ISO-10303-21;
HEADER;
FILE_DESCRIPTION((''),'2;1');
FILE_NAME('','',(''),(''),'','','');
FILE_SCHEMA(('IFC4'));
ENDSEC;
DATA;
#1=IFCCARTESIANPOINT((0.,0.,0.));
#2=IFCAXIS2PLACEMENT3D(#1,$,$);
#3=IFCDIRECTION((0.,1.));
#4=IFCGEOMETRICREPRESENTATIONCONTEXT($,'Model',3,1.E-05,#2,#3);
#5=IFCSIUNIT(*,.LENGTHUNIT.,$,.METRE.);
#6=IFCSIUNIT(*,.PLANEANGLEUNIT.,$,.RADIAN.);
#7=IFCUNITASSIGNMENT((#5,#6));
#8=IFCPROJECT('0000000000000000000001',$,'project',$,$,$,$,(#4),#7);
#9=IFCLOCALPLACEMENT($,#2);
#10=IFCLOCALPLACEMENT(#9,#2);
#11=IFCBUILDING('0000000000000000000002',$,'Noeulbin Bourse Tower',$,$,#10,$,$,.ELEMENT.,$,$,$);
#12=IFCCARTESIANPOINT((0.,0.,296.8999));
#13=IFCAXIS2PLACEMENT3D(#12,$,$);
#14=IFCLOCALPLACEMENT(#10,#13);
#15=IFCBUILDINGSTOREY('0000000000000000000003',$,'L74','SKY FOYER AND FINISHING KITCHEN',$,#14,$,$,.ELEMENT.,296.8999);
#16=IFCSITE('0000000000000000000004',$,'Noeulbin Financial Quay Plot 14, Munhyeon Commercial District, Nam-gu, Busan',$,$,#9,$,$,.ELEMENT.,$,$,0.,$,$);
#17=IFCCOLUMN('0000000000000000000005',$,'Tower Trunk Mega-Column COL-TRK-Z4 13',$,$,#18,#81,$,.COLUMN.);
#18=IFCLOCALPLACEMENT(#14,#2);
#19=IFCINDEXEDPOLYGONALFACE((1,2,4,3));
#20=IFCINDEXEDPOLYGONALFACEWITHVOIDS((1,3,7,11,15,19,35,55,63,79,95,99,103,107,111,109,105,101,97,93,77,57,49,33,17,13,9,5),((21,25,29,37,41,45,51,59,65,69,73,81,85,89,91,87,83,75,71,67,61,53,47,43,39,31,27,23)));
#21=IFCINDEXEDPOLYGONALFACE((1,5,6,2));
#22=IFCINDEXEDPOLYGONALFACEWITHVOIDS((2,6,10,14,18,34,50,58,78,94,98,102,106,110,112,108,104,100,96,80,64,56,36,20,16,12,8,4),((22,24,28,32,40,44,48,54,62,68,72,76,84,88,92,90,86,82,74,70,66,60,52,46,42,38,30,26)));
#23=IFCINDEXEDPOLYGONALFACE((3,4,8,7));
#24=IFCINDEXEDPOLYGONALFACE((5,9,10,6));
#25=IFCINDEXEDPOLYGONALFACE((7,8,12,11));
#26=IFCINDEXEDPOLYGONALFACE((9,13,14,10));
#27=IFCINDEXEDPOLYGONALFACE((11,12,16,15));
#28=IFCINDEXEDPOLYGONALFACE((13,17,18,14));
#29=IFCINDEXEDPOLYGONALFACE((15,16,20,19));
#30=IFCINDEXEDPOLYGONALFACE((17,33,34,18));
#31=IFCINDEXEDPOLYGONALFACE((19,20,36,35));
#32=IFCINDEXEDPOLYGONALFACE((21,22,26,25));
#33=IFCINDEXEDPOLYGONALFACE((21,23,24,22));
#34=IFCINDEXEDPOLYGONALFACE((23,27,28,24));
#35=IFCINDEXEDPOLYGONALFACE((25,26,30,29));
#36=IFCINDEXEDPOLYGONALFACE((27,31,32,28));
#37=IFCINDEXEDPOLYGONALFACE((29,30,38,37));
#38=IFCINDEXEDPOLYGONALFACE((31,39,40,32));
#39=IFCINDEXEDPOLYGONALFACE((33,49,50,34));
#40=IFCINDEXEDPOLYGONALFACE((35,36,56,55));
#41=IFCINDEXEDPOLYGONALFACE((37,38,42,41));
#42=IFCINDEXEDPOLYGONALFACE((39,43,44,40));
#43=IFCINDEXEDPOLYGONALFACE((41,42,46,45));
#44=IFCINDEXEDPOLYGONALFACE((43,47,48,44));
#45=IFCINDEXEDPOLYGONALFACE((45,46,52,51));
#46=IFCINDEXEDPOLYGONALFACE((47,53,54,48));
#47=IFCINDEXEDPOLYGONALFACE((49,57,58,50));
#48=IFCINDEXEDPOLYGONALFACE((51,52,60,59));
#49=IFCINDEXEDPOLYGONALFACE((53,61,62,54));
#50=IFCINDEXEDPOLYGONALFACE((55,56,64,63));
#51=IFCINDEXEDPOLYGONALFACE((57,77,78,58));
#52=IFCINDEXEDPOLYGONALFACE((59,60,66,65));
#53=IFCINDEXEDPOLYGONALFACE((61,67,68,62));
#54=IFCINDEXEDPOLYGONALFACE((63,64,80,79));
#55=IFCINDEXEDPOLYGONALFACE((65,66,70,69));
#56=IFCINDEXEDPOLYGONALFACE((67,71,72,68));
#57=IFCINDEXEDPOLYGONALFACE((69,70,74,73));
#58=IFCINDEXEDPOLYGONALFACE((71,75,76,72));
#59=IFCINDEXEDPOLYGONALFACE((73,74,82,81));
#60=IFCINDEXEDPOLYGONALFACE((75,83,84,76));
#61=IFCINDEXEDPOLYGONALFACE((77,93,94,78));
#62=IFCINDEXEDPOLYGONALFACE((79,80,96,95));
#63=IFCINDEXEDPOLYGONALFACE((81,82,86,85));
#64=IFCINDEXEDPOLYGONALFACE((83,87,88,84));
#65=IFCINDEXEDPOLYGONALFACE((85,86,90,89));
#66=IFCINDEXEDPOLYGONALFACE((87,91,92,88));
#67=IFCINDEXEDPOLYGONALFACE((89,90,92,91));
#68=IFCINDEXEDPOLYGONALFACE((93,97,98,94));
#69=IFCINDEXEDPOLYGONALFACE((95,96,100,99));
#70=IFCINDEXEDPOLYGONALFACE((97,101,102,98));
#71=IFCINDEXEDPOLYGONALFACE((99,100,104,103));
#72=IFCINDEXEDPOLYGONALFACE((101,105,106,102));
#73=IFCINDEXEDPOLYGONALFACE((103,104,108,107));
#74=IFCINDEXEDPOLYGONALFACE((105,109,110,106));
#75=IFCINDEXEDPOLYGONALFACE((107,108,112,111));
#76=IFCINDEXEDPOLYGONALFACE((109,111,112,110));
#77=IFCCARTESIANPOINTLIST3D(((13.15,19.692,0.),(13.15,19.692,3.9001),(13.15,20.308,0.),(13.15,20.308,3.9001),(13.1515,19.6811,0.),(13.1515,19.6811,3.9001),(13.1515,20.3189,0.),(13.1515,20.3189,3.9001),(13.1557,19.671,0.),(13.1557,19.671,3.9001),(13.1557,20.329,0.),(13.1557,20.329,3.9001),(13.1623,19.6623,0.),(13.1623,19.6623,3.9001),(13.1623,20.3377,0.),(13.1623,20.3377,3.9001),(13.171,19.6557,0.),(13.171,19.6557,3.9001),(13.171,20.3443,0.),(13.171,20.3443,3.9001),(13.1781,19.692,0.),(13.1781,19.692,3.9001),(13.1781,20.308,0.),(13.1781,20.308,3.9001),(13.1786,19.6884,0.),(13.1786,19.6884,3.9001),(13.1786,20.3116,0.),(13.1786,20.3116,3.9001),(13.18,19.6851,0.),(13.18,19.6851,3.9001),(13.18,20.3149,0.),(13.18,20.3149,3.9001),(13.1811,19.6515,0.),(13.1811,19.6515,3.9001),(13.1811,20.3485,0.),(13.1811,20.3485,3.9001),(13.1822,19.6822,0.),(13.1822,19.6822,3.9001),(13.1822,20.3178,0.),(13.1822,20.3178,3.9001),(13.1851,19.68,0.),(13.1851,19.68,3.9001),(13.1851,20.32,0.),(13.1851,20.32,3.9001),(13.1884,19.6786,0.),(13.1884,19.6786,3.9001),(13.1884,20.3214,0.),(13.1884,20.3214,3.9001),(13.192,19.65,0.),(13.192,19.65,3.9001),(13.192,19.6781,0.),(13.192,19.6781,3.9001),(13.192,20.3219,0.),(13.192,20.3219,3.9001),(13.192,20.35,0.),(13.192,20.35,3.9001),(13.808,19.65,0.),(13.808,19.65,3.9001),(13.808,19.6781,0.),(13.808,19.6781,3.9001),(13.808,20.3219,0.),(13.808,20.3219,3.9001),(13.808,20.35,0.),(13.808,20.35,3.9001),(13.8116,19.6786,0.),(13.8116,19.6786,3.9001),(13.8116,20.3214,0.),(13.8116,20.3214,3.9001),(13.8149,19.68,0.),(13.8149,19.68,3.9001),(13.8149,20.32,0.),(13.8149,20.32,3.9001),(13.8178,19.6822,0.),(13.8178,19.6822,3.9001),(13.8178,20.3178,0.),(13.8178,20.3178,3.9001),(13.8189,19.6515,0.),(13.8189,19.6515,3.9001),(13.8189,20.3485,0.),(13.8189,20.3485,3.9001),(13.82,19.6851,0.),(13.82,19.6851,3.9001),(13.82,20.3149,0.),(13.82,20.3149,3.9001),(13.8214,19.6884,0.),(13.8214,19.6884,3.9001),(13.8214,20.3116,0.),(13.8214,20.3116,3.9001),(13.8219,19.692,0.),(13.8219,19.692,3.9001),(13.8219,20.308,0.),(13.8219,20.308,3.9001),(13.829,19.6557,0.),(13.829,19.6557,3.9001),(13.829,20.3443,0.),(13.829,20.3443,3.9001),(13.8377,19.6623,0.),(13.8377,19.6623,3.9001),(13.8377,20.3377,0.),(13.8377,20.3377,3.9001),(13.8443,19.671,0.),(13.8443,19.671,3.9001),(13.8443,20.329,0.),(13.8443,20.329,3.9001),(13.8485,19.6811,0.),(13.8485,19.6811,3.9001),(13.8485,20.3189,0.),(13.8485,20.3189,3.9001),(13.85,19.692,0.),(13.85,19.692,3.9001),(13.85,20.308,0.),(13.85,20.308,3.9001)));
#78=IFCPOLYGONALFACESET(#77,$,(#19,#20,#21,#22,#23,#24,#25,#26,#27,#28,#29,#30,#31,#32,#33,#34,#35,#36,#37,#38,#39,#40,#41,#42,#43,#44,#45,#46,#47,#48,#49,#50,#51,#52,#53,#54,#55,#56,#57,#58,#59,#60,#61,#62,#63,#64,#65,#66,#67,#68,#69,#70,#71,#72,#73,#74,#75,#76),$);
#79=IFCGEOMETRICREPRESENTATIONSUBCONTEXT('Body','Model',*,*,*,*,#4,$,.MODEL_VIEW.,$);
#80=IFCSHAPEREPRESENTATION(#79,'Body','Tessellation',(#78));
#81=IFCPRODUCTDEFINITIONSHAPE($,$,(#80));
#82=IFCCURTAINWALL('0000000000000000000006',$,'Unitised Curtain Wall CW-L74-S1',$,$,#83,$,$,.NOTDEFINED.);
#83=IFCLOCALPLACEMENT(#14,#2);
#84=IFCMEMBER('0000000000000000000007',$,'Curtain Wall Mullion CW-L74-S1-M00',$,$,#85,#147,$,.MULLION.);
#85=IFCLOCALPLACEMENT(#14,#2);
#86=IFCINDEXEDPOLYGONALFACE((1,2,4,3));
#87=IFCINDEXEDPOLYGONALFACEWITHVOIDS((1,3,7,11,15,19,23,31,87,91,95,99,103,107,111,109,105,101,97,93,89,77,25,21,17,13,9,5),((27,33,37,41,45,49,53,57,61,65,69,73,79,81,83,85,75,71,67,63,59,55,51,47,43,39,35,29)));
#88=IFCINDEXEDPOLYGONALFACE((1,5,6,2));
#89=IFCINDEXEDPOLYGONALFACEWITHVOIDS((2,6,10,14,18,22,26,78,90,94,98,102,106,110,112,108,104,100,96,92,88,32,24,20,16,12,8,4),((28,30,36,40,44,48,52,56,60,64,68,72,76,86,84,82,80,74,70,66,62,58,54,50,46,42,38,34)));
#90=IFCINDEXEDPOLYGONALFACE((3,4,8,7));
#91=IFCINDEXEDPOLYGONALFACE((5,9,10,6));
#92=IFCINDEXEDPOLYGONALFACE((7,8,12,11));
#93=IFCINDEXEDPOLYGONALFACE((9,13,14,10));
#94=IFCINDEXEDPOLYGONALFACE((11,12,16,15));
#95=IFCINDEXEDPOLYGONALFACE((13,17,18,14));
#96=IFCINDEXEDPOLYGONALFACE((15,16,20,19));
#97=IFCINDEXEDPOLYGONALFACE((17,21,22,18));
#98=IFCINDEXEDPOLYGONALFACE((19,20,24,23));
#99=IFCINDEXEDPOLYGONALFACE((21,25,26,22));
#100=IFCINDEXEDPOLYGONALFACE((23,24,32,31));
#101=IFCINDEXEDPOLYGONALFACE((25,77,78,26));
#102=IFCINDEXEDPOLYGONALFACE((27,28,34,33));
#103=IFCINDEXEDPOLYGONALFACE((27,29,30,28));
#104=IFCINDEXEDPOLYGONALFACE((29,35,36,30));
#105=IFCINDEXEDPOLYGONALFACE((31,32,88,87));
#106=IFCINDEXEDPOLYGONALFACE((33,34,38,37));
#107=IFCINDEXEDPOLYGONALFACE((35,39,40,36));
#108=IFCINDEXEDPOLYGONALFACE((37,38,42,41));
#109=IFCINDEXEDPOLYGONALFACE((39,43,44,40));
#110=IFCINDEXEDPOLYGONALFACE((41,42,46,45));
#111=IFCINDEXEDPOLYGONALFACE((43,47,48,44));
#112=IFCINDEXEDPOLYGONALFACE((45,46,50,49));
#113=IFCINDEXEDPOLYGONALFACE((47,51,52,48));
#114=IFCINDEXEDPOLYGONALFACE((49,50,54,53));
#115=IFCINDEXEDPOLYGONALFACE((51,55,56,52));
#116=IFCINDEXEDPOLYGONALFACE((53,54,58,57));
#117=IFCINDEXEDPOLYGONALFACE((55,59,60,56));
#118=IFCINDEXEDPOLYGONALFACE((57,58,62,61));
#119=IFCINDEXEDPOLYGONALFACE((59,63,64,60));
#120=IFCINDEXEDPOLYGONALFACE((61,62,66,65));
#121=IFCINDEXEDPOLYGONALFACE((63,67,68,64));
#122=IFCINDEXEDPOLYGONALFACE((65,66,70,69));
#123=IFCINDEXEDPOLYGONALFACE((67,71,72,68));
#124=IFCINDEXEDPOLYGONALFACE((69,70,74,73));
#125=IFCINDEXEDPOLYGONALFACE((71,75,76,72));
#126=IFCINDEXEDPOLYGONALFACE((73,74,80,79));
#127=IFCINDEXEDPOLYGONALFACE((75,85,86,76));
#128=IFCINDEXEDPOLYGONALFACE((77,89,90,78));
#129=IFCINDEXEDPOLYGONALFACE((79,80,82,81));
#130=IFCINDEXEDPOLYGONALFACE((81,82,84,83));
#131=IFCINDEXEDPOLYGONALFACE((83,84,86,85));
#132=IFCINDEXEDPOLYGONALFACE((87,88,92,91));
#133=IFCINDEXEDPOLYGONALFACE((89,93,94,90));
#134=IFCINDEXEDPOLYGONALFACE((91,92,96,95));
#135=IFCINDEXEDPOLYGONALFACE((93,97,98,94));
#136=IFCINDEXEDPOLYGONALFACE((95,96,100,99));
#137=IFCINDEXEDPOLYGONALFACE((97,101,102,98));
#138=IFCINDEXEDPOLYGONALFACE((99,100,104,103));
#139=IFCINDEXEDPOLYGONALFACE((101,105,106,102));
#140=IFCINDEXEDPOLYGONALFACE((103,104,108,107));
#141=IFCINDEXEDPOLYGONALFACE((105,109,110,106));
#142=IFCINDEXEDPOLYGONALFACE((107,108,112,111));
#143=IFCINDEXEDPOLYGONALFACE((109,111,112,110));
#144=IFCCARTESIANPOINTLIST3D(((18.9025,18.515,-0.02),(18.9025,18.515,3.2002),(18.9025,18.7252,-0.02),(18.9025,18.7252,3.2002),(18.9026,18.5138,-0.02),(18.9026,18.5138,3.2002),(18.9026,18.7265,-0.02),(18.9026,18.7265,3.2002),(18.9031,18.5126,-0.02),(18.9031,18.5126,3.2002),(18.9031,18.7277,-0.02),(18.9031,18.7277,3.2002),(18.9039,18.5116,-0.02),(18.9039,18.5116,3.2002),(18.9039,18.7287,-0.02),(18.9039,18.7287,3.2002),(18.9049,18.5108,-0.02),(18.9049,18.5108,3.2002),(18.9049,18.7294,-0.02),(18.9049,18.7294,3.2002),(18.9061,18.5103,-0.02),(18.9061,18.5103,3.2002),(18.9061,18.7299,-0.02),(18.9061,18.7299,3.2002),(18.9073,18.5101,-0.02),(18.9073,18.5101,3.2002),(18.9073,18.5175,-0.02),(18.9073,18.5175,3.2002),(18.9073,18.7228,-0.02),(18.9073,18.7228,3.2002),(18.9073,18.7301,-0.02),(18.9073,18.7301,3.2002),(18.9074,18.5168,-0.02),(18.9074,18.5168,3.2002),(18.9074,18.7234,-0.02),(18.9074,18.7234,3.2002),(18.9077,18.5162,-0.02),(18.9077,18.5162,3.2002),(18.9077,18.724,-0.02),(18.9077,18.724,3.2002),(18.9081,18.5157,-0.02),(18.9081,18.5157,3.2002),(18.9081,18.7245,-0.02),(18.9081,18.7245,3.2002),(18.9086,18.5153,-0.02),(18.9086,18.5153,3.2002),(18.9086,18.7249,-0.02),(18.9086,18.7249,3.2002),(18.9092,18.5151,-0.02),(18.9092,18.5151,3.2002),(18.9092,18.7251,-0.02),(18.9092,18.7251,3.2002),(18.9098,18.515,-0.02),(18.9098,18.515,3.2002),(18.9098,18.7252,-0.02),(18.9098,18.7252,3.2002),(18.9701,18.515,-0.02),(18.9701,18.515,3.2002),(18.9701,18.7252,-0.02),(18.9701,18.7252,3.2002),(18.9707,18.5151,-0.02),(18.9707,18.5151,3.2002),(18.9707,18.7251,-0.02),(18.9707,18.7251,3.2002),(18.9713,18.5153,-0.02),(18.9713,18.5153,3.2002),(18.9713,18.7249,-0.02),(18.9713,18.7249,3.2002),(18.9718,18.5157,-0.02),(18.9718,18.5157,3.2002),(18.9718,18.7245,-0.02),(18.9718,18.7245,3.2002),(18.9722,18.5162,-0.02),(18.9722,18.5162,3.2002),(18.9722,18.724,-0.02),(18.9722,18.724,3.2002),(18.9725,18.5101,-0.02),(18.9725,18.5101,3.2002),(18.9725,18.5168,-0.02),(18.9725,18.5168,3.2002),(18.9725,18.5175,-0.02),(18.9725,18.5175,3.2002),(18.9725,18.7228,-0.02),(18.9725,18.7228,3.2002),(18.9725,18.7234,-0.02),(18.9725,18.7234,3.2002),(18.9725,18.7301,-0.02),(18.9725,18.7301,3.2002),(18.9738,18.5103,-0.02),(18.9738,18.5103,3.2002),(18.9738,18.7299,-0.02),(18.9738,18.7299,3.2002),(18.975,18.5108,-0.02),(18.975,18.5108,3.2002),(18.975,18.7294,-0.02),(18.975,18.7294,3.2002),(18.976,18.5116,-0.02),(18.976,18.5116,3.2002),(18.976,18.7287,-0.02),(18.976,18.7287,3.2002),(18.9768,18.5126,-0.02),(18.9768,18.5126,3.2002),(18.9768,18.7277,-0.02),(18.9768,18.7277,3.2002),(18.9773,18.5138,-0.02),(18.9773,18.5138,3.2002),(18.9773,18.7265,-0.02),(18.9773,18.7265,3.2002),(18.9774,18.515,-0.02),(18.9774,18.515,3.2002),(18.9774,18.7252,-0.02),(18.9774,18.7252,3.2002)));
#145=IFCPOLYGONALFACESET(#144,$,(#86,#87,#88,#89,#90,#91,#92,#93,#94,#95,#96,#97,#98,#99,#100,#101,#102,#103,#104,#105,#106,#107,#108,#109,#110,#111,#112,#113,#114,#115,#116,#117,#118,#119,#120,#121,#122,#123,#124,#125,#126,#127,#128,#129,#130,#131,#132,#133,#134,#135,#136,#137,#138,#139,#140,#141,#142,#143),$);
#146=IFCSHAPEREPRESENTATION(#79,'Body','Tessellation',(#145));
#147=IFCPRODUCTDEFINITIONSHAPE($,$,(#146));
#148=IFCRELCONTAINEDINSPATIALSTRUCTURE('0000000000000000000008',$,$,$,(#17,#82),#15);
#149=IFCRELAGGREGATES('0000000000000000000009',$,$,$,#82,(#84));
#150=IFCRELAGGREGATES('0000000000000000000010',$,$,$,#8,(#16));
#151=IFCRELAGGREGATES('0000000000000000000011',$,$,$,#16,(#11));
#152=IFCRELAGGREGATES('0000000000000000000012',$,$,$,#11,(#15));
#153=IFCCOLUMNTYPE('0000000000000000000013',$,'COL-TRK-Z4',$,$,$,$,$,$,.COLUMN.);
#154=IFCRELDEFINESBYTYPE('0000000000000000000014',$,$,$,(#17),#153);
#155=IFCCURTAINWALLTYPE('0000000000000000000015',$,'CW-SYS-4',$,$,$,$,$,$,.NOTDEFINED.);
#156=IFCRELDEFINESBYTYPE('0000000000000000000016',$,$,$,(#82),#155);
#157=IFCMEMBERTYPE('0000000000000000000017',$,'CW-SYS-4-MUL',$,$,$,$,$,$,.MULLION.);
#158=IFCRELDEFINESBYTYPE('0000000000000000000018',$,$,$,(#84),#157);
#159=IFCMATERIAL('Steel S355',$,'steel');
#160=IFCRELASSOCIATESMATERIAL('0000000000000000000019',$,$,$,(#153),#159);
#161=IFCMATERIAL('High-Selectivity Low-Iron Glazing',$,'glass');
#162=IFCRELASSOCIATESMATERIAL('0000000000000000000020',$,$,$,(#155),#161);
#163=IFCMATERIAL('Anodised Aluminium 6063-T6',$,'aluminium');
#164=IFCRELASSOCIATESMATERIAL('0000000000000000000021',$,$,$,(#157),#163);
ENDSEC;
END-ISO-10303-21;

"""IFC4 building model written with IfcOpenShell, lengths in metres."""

from ifc_helpers import new_model, si_unit, direction, frame, origin, origin_2d, place, context, subcontext, project, spatial, hollow_rectangle, extrude, material, material_profile, profile_set, type_object, element, aggregate, save


model = new_model("IFC4")

# Units and contexts
model_context = context("Model", 3, precision=1e-05, world=origin(), true_north=direction((0.0, 1.0)))
body_context = subcontext(model_context, "Body", "Model", "MODEL_VIEW")
ifc_project = project(units=[si_unit("LENGTHUNIT", "METRE"), si_unit("PLANEANGLEUNIT", "RADIAN")], contexts=[model_context])

# Site, building, storey
site_placement = place(None, origin())
site = spatial("IfcSite", under=ifc_project, at=site_placement, Name="Noeulbin Financial Quay Plot 14, Munhyeon Commercial District, Nam-gu, Busan", CompositionType="ELEMENT", RefElevation=0.0)
building_placement = place(site_placement, origin())
building = spatial("IfcBuilding", under=site, at=building_placement, Name="Noeulbin Bourse Tower", CompositionType="ELEMENT")
storey_placement = place(building_placement, frame((0.0, 0.0, 296.8999)))
storey = spatial("IfcBuildingStorey", under=building, at=storey_placement, Name="L74", Description="SKY FOYER AND FINISHING KITCHEN", CompositionType="ELEMENT", Elevation=296.8999)

# Column
ifc_material_1 = material(Name="Steel S355", Category="steel")
ifc_material_profile_1 = material_profile(ifc_material_1, hollow_rectangle(XDim=0.7, YDim=0.7, WallThickness=0.0281, InnerFilletRadius=0.0139, OuterFilletRadius=0.042, at=origin_2d()), Name="BOX-700x700x28", Category="LoadBearing")
ifc_profile_set_1 = profile_set([ifc_material_profile_1], Name="Steel S355")
column_type = type_object("IfcColumnType", Name="COL-TRK-Z4", PredefinedType="COLUMN", material=ifc_profile_set_1)
column_placement = place(storey_placement, frame((13.5, 20.0, 0.0), z_axis=(0.0, 0.0, 1.0), x_axis=(1.0, 0.0, 0.0)))
element("IfcColumn", 1, at=column_placement, inside=storey, type_object=column_type, Name="Tower Trunk Mega-Column COL-TRK-Z4 13", PredefinedType="COLUMN", context=body_context, shape_type="SweptSolid", body=[
    extrude(hollow_rectangle(XDim=0.7, YDim=0.7, WallThickness=0.0281, InnerFilletRadius=0.0139, OuterFilletRadius=0.042, at=origin_2d()), origin(), (0.0, 0.0, 1.0), 3.9001),
])

# Curtain wall, member
ifc_material_2 = material(Name="High-Selectivity Low-Iron Glazing", Category="glass")
curtain_wall_type = type_object("IfcCurtainWallType", Name="CW-SYS-4", PredefinedType="NOTDEFINED", material=ifc_material_2)
curtain_wall_placement = place(storey_placement, origin())
curtain_wall = element("IfcCurtainWall", 2, at=curtain_wall_placement, inside=storey, type_object=curtain_wall_type, Name="Unitised Curtain Wall CW-L74-S1", PredefinedType="NOTDEFINED")
ifc_material_3 = material(Name="Anodised Aluminium 6063-T6", Category="aluminium")
ifc_material_profile_2 = material_profile(ifc_material_3, hollow_rectangle(XDim=0.075, YDim=0.22, WallThickness=0.0049, InnerFilletRadius=0.0024, OuterFilletRadius=0.0049, at=origin_2d()), Name="ALU-MULL-75x220x5", Category="LoadBearing")
ifc_profile_set_2 = profile_set([ifc_material_profile_2], Name="Anodised Aluminium 6063-T6")
member_type_1 = type_object("IfcMemberType", Name="CW-SYS-4-MUL", PredefinedType="MULLION", material=ifc_profile_set_2)
member_1_placement = place(storey_placement, frame((18.9399, 18.6201, -0.02), z_axis=(0.0, 0.0, 1.0), x_axis=(1.0, 0.0, 0.0)))
member_1 = element("IfcMember", 3, at=member_1_placement, type_object=member_type_1, Name="Curtain Wall Mullion CW-L74-S1-M00", PredefinedType="MULLION", context=body_context, shape_type="SweptSolid", body=[
    extrude(hollow_rectangle(XDim=0.075, YDim=0.22, WallThickness=0.0049, InnerFilletRadius=0.0024, OuterFilletRadius=0.0049, at=origin_2d()), origin(), (0.0, 0.0, 1.0), 3.2202),
])
aggregate(curtain_wall, [member_1])

save(model, "model.ifc")
